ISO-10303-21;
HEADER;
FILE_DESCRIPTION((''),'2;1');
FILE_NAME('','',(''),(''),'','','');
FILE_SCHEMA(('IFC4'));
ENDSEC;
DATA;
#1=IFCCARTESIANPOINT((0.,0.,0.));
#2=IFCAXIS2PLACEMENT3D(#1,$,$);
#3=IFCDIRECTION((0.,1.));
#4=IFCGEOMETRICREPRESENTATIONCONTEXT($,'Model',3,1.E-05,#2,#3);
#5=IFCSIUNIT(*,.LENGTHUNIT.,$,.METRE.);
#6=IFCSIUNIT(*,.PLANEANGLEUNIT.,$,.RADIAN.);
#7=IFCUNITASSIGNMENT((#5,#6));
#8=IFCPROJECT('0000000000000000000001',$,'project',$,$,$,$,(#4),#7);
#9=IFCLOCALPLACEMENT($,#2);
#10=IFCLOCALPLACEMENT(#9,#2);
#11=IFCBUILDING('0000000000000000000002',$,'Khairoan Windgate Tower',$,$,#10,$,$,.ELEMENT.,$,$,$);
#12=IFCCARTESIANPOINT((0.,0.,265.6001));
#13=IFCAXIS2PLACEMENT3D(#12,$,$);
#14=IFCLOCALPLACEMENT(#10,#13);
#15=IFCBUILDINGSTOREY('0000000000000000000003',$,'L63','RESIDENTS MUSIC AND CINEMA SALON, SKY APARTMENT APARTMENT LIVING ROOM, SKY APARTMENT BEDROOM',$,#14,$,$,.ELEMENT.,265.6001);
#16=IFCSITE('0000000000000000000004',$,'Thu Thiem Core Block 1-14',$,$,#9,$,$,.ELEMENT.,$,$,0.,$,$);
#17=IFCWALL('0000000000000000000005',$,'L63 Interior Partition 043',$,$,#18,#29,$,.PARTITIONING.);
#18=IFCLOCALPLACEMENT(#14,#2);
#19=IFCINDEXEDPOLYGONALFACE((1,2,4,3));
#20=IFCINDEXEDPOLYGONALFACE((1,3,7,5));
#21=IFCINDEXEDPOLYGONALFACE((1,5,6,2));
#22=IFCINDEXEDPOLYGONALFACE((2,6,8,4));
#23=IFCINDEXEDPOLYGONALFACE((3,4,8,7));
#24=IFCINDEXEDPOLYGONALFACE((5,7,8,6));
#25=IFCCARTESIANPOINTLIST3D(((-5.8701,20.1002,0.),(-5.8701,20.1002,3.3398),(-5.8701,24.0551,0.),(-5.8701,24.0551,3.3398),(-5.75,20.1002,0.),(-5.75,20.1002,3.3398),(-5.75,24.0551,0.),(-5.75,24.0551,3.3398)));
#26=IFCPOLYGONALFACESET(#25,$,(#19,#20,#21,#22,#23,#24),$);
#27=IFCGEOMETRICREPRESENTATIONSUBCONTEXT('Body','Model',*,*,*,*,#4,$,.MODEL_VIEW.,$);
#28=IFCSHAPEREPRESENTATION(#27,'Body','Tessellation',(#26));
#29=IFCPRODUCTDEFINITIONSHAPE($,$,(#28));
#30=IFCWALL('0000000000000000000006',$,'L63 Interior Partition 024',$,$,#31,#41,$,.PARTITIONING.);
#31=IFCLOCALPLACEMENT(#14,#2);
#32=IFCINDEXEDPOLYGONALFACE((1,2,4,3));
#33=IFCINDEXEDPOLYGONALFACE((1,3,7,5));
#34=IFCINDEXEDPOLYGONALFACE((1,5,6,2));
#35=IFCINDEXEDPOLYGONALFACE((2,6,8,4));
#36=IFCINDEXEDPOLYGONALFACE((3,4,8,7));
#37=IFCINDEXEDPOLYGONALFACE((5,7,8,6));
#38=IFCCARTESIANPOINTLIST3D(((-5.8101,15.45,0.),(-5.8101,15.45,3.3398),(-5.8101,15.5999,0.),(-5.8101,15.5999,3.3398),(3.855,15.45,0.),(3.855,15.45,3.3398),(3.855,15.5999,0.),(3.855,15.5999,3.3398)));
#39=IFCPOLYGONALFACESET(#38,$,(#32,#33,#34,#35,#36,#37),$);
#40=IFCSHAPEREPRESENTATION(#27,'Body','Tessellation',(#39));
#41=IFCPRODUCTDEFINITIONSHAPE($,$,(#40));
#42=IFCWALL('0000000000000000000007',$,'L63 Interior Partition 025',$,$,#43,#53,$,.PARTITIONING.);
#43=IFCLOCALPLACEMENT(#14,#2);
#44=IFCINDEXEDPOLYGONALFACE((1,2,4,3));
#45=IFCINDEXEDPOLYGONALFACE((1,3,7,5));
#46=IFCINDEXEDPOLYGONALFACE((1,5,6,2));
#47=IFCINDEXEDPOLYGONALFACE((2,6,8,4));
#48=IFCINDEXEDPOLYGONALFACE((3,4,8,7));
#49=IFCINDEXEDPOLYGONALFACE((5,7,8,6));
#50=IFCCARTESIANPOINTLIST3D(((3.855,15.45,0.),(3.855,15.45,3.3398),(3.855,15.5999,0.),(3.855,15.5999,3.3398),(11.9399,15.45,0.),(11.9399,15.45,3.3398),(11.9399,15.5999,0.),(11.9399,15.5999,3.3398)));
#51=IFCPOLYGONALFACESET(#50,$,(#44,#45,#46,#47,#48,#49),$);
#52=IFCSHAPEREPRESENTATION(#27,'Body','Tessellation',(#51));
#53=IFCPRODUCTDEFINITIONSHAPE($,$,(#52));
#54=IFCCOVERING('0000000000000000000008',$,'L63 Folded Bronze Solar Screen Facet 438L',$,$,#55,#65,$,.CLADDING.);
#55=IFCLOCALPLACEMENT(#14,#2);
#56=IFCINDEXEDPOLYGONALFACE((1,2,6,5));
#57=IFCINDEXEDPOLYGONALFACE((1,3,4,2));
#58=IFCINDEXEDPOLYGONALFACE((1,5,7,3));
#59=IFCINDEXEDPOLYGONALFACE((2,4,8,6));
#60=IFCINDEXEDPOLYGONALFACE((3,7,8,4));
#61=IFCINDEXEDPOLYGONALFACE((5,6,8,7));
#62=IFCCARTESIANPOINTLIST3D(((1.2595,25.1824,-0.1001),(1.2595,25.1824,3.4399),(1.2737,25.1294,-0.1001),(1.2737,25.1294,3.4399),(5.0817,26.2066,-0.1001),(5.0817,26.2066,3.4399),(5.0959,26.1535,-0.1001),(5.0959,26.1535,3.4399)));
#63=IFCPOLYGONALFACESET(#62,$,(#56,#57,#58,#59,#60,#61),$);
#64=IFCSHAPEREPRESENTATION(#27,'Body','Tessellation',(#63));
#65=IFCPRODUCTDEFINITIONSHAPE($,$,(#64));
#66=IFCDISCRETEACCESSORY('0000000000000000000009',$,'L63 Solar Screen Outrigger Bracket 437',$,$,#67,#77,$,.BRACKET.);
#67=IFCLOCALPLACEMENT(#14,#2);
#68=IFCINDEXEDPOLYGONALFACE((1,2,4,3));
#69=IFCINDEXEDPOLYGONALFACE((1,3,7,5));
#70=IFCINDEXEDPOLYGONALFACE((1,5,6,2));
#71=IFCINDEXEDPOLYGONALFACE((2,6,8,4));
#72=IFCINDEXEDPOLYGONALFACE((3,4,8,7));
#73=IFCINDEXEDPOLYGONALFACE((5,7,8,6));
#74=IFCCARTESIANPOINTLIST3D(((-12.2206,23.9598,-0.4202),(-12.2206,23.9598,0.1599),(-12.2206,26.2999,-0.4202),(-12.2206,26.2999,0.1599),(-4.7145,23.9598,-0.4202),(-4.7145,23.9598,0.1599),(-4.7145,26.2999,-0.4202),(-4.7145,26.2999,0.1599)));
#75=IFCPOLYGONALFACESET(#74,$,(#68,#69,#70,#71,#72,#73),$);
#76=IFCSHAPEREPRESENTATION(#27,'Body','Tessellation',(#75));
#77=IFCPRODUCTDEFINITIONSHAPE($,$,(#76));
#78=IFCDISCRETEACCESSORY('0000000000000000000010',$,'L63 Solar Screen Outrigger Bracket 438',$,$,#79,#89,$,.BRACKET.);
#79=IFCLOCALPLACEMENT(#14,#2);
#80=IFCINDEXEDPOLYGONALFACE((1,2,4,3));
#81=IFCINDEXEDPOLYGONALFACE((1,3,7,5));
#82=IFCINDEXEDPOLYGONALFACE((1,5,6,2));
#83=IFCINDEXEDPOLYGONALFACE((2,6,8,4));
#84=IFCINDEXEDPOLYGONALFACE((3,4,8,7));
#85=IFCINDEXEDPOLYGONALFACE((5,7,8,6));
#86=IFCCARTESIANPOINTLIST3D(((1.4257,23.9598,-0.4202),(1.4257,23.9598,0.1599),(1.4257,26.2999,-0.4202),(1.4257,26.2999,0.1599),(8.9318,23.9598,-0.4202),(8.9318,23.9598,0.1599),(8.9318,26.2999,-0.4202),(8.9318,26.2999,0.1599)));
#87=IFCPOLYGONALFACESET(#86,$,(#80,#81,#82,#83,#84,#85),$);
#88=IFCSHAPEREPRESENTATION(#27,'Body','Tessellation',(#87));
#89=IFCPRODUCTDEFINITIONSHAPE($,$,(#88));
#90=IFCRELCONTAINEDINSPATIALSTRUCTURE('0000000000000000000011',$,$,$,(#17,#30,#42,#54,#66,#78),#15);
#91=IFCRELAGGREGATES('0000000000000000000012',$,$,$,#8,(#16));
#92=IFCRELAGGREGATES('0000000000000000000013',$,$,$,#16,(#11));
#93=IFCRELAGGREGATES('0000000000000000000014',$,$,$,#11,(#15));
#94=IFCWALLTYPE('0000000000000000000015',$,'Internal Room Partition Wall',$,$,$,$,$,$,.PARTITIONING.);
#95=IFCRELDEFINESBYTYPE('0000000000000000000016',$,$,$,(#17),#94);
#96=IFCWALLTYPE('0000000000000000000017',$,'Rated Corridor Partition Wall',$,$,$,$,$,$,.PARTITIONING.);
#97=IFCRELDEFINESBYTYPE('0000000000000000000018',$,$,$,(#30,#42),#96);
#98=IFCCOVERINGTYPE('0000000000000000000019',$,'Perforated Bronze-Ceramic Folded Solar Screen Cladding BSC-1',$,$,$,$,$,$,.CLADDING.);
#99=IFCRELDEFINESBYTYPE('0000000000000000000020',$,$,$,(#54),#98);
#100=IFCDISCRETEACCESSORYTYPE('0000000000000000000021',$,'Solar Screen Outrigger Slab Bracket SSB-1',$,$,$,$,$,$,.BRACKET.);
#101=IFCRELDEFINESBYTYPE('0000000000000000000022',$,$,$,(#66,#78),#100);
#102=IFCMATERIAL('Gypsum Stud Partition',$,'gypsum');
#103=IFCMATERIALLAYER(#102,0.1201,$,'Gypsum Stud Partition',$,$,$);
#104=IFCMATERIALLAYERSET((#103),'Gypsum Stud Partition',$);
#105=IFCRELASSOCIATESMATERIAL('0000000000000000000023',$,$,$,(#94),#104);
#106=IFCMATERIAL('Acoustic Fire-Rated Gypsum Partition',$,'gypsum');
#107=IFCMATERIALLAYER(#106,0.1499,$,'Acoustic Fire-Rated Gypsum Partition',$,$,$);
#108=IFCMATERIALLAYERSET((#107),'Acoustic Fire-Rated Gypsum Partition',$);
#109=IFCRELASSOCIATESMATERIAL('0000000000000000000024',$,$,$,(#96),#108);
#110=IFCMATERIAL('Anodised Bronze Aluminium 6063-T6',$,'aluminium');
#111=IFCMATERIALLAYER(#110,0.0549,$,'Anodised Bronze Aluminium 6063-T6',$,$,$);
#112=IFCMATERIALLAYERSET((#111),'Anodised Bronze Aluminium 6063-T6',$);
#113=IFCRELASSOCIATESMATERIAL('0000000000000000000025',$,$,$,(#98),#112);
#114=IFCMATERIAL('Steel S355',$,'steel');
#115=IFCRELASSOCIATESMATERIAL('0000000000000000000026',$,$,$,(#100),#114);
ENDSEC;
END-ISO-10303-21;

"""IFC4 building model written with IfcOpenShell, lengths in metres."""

from ifc_helpers import new_model, si_unit, direction, frame, frame_2d, origin, origin_2d, place, context, subcontext, project, spatial, rectangle, extrude, material, layer, layer_set, type_object, element, save


model = new_model("IFC4")

# Units and contexts
model_context = context("Model", 3, precision=1e-05, world=origin(), true_north=direction((0.0, 1.0)))
body_context = subcontext(model_context, "Body", "Model", "MODEL_VIEW")
ifc_project = project(units=[si_unit("LENGTHUNIT", "METRE"), si_unit("PLANEANGLEUNIT", "RADIAN")], contexts=[model_context])

# Site, building, storey
site_placement = place(None, origin())
site = spatial("IfcSite", under=ifc_project, at=site_placement, Name="Thu Thiem Core Block 1-14", CompositionType="ELEMENT", RefElevation=0.0)
building_placement = place(site_placement, origin())
building = spatial("IfcBuilding", under=site, at=building_placement, Name="Khairoan Windgate Tower", CompositionType="ELEMENT")
storey_placement = place(building_placement, frame((0.0, 0.0, 265.6001)))
storey = spatial("IfcBuildingStorey", under=building, at=storey_placement, Name="L63", Description="RESIDENTS MUSIC AND CINEMA SALON, SKY APARTMENT APARTMENT LIVING ROOM, SKY APARTMENT BEDROOM", CompositionType="ELEMENT", Elevation=265.6001)

# Shared definitions
ifc_material_1 = material(Name="Gypsum Stud Partition", Category="gypsum")
ifc_layer_1 = layer(ifc_material_1, 0.1201, Name="Gypsum Stud Partition")
ifc_layer_set_1 = layer_set([ifc_layer_1], Name="Gypsum Stud Partition")
wall_type_1 = type_object("IfcWallType", Name="Internal Room Partition Wall", PredefinedType="PARTITIONING", material=ifc_layer_set_1)

# Walls
wall_1_placement = place(storey_placement, frame((-5.8101, 20.1001, 0.0), z_axis=(0.0, 0.0, 1.0), x_axis=(0.0, 1.0, 0.0)))
element("IfcWall", 1, at=wall_1_placement, inside=storey, type_object=wall_type_1, Name="L63 Interior Partition 043", PredefinedType="PARTITIONING", context=body_context, shape_type="SweptSolid", body=[
    extrude(rectangle(XDim=3.9548, YDim=0.1201, at=frame_2d((1.9775, 0.0))), origin(), (0.0, 0.0, 1.0), 3.3398),
])
ifc_material_2 = material(Name="Acoustic Fire-Rated Gypsum Partition", Category="gypsum")
ifc_layer_2 = layer(ifc_material_2, 0.1499, Name="Acoustic Fire-Rated Gypsum Partition")
ifc_layer_set_2 = layer_set([ifc_layer_2], Name="Acoustic Fire-Rated Gypsum Partition")
wall_type_2 = type_object("IfcWallType", Name="Rated Corridor Partition Wall", PredefinedType="PARTITIONING", material=ifc_layer_set_2)
wall_2_placement = place(storey_placement, frame((-5.8101, 15.5249, 0.0), z_axis=(0.0, 0.0, 1.0), x_axis=(1.0, 0.0, 0.0)))
element("IfcWall", 2, at=wall_2_placement, inside=storey, type_object=wall_type_2, Name="L63 Interior Partition 024", PredefinedType="PARTITIONING", context=body_context, shape_type="SweptSolid", body=[
    extrude(rectangle(XDim=9.665, YDim=0.1499, at=frame_2d((4.8325, 0.0))), origin(), (0.0, 0.0, 1.0), 3.3398),
])
wall_3_placement = place(storey_placement, frame((3.855, 15.5249, 0.0), z_axis=(0.0, 0.0, 1.0), x_axis=(1.0, 0.0, 0.0)))
element("IfcWall", 3, at=wall_3_placement, inside=storey, type_object=wall_type_2, Name="L63 Interior Partition 025", PredefinedType="PARTITIONING", context=body_context, shape_type="SweptSolid", body=[
    extrude(rectangle(XDim=8.085, YDim=0.1499, at=frame_2d((4.0425, 0.0))), origin(), (0.0, 0.0, 1.0), 3.3398),
])

# Covering
ifc_material_3 = material(Name="Anodised Bronze Aluminium 6063-T6", Category="aluminium")
ifc_layer_3 = layer(ifc_material_3, 0.0549, Name="Anodised Bronze Aluminium 6063-T6")
ifc_layer_set_3 = layer_set([ifc_layer_3], Name="Anodised Bronze Aluminium 6063-T6")
covering_type = type_object("IfcCoveringType", Name="Perforated Bronze-Ceramic Folded Solar Screen Cladding BSC-1", PredefinedType="CLADDING", material=ifc_layer_set_3)
covering_placement = place(storey_placement, frame((3.1777, 25.668, -0.1001), z_axis=(0.0, 0.0, 1.0), x_axis=(0.965926, 0.258819, 0.0)))
element("IfcCovering", 4, at=covering_placement, inside=storey, type_object=covering_type, Name="L63 Folded Bronze Solar Screen Facet 438L", PredefinedType="CLADDING", context=body_context, shape_type="SweptSolid", body=[
    extrude(rectangle(XDim=3.957, YDim=0.0549, at=origin_2d()), origin(), (0.0, 0.0, 1.0), 3.54),
])

# Discrete accessories
ifc_material_4 = material(Name="Steel S355", Category="steel")
discrete_accessory_type = type_object("IfcDiscreteAccessoryType", Name="Solar Screen Outrigger Slab Bracket SSB-1", PredefinedType="BRACKET", material=ifc_material_4)
for number, where, z_axis, x_axis, name in (
    (5, (-8.4675, 25.1299, -0.4202), (0.0, 0.0, 1.0), (1.0, 0.0, 0.0), "L63 Solar Screen Outrigger Bracket 437"),
    (6, (5.1787, 25.1299, -0.4202), (0.0, 0.0, 1.0), (1.0, 0.0, 0.0), "L63 Solar Screen Outrigger Bracket 438"),
):
    element("IfcDiscreteAccessory", number, at=place(storey_placement, frame(where, z_axis=z_axis, x_axis=x_axis)), inside=storey, type_object=discrete_accessory_type, Name=name, PredefinedType="BRACKET", context=body_context, shape_type="SweptSolid", body=[
        extrude(rectangle(XDim=7.5061, YDim=2.3401, at=origin_2d()), origin(), (0.0, 0.0, 1.0), 0.5801),
    ])

save(model, "model.ifc")
